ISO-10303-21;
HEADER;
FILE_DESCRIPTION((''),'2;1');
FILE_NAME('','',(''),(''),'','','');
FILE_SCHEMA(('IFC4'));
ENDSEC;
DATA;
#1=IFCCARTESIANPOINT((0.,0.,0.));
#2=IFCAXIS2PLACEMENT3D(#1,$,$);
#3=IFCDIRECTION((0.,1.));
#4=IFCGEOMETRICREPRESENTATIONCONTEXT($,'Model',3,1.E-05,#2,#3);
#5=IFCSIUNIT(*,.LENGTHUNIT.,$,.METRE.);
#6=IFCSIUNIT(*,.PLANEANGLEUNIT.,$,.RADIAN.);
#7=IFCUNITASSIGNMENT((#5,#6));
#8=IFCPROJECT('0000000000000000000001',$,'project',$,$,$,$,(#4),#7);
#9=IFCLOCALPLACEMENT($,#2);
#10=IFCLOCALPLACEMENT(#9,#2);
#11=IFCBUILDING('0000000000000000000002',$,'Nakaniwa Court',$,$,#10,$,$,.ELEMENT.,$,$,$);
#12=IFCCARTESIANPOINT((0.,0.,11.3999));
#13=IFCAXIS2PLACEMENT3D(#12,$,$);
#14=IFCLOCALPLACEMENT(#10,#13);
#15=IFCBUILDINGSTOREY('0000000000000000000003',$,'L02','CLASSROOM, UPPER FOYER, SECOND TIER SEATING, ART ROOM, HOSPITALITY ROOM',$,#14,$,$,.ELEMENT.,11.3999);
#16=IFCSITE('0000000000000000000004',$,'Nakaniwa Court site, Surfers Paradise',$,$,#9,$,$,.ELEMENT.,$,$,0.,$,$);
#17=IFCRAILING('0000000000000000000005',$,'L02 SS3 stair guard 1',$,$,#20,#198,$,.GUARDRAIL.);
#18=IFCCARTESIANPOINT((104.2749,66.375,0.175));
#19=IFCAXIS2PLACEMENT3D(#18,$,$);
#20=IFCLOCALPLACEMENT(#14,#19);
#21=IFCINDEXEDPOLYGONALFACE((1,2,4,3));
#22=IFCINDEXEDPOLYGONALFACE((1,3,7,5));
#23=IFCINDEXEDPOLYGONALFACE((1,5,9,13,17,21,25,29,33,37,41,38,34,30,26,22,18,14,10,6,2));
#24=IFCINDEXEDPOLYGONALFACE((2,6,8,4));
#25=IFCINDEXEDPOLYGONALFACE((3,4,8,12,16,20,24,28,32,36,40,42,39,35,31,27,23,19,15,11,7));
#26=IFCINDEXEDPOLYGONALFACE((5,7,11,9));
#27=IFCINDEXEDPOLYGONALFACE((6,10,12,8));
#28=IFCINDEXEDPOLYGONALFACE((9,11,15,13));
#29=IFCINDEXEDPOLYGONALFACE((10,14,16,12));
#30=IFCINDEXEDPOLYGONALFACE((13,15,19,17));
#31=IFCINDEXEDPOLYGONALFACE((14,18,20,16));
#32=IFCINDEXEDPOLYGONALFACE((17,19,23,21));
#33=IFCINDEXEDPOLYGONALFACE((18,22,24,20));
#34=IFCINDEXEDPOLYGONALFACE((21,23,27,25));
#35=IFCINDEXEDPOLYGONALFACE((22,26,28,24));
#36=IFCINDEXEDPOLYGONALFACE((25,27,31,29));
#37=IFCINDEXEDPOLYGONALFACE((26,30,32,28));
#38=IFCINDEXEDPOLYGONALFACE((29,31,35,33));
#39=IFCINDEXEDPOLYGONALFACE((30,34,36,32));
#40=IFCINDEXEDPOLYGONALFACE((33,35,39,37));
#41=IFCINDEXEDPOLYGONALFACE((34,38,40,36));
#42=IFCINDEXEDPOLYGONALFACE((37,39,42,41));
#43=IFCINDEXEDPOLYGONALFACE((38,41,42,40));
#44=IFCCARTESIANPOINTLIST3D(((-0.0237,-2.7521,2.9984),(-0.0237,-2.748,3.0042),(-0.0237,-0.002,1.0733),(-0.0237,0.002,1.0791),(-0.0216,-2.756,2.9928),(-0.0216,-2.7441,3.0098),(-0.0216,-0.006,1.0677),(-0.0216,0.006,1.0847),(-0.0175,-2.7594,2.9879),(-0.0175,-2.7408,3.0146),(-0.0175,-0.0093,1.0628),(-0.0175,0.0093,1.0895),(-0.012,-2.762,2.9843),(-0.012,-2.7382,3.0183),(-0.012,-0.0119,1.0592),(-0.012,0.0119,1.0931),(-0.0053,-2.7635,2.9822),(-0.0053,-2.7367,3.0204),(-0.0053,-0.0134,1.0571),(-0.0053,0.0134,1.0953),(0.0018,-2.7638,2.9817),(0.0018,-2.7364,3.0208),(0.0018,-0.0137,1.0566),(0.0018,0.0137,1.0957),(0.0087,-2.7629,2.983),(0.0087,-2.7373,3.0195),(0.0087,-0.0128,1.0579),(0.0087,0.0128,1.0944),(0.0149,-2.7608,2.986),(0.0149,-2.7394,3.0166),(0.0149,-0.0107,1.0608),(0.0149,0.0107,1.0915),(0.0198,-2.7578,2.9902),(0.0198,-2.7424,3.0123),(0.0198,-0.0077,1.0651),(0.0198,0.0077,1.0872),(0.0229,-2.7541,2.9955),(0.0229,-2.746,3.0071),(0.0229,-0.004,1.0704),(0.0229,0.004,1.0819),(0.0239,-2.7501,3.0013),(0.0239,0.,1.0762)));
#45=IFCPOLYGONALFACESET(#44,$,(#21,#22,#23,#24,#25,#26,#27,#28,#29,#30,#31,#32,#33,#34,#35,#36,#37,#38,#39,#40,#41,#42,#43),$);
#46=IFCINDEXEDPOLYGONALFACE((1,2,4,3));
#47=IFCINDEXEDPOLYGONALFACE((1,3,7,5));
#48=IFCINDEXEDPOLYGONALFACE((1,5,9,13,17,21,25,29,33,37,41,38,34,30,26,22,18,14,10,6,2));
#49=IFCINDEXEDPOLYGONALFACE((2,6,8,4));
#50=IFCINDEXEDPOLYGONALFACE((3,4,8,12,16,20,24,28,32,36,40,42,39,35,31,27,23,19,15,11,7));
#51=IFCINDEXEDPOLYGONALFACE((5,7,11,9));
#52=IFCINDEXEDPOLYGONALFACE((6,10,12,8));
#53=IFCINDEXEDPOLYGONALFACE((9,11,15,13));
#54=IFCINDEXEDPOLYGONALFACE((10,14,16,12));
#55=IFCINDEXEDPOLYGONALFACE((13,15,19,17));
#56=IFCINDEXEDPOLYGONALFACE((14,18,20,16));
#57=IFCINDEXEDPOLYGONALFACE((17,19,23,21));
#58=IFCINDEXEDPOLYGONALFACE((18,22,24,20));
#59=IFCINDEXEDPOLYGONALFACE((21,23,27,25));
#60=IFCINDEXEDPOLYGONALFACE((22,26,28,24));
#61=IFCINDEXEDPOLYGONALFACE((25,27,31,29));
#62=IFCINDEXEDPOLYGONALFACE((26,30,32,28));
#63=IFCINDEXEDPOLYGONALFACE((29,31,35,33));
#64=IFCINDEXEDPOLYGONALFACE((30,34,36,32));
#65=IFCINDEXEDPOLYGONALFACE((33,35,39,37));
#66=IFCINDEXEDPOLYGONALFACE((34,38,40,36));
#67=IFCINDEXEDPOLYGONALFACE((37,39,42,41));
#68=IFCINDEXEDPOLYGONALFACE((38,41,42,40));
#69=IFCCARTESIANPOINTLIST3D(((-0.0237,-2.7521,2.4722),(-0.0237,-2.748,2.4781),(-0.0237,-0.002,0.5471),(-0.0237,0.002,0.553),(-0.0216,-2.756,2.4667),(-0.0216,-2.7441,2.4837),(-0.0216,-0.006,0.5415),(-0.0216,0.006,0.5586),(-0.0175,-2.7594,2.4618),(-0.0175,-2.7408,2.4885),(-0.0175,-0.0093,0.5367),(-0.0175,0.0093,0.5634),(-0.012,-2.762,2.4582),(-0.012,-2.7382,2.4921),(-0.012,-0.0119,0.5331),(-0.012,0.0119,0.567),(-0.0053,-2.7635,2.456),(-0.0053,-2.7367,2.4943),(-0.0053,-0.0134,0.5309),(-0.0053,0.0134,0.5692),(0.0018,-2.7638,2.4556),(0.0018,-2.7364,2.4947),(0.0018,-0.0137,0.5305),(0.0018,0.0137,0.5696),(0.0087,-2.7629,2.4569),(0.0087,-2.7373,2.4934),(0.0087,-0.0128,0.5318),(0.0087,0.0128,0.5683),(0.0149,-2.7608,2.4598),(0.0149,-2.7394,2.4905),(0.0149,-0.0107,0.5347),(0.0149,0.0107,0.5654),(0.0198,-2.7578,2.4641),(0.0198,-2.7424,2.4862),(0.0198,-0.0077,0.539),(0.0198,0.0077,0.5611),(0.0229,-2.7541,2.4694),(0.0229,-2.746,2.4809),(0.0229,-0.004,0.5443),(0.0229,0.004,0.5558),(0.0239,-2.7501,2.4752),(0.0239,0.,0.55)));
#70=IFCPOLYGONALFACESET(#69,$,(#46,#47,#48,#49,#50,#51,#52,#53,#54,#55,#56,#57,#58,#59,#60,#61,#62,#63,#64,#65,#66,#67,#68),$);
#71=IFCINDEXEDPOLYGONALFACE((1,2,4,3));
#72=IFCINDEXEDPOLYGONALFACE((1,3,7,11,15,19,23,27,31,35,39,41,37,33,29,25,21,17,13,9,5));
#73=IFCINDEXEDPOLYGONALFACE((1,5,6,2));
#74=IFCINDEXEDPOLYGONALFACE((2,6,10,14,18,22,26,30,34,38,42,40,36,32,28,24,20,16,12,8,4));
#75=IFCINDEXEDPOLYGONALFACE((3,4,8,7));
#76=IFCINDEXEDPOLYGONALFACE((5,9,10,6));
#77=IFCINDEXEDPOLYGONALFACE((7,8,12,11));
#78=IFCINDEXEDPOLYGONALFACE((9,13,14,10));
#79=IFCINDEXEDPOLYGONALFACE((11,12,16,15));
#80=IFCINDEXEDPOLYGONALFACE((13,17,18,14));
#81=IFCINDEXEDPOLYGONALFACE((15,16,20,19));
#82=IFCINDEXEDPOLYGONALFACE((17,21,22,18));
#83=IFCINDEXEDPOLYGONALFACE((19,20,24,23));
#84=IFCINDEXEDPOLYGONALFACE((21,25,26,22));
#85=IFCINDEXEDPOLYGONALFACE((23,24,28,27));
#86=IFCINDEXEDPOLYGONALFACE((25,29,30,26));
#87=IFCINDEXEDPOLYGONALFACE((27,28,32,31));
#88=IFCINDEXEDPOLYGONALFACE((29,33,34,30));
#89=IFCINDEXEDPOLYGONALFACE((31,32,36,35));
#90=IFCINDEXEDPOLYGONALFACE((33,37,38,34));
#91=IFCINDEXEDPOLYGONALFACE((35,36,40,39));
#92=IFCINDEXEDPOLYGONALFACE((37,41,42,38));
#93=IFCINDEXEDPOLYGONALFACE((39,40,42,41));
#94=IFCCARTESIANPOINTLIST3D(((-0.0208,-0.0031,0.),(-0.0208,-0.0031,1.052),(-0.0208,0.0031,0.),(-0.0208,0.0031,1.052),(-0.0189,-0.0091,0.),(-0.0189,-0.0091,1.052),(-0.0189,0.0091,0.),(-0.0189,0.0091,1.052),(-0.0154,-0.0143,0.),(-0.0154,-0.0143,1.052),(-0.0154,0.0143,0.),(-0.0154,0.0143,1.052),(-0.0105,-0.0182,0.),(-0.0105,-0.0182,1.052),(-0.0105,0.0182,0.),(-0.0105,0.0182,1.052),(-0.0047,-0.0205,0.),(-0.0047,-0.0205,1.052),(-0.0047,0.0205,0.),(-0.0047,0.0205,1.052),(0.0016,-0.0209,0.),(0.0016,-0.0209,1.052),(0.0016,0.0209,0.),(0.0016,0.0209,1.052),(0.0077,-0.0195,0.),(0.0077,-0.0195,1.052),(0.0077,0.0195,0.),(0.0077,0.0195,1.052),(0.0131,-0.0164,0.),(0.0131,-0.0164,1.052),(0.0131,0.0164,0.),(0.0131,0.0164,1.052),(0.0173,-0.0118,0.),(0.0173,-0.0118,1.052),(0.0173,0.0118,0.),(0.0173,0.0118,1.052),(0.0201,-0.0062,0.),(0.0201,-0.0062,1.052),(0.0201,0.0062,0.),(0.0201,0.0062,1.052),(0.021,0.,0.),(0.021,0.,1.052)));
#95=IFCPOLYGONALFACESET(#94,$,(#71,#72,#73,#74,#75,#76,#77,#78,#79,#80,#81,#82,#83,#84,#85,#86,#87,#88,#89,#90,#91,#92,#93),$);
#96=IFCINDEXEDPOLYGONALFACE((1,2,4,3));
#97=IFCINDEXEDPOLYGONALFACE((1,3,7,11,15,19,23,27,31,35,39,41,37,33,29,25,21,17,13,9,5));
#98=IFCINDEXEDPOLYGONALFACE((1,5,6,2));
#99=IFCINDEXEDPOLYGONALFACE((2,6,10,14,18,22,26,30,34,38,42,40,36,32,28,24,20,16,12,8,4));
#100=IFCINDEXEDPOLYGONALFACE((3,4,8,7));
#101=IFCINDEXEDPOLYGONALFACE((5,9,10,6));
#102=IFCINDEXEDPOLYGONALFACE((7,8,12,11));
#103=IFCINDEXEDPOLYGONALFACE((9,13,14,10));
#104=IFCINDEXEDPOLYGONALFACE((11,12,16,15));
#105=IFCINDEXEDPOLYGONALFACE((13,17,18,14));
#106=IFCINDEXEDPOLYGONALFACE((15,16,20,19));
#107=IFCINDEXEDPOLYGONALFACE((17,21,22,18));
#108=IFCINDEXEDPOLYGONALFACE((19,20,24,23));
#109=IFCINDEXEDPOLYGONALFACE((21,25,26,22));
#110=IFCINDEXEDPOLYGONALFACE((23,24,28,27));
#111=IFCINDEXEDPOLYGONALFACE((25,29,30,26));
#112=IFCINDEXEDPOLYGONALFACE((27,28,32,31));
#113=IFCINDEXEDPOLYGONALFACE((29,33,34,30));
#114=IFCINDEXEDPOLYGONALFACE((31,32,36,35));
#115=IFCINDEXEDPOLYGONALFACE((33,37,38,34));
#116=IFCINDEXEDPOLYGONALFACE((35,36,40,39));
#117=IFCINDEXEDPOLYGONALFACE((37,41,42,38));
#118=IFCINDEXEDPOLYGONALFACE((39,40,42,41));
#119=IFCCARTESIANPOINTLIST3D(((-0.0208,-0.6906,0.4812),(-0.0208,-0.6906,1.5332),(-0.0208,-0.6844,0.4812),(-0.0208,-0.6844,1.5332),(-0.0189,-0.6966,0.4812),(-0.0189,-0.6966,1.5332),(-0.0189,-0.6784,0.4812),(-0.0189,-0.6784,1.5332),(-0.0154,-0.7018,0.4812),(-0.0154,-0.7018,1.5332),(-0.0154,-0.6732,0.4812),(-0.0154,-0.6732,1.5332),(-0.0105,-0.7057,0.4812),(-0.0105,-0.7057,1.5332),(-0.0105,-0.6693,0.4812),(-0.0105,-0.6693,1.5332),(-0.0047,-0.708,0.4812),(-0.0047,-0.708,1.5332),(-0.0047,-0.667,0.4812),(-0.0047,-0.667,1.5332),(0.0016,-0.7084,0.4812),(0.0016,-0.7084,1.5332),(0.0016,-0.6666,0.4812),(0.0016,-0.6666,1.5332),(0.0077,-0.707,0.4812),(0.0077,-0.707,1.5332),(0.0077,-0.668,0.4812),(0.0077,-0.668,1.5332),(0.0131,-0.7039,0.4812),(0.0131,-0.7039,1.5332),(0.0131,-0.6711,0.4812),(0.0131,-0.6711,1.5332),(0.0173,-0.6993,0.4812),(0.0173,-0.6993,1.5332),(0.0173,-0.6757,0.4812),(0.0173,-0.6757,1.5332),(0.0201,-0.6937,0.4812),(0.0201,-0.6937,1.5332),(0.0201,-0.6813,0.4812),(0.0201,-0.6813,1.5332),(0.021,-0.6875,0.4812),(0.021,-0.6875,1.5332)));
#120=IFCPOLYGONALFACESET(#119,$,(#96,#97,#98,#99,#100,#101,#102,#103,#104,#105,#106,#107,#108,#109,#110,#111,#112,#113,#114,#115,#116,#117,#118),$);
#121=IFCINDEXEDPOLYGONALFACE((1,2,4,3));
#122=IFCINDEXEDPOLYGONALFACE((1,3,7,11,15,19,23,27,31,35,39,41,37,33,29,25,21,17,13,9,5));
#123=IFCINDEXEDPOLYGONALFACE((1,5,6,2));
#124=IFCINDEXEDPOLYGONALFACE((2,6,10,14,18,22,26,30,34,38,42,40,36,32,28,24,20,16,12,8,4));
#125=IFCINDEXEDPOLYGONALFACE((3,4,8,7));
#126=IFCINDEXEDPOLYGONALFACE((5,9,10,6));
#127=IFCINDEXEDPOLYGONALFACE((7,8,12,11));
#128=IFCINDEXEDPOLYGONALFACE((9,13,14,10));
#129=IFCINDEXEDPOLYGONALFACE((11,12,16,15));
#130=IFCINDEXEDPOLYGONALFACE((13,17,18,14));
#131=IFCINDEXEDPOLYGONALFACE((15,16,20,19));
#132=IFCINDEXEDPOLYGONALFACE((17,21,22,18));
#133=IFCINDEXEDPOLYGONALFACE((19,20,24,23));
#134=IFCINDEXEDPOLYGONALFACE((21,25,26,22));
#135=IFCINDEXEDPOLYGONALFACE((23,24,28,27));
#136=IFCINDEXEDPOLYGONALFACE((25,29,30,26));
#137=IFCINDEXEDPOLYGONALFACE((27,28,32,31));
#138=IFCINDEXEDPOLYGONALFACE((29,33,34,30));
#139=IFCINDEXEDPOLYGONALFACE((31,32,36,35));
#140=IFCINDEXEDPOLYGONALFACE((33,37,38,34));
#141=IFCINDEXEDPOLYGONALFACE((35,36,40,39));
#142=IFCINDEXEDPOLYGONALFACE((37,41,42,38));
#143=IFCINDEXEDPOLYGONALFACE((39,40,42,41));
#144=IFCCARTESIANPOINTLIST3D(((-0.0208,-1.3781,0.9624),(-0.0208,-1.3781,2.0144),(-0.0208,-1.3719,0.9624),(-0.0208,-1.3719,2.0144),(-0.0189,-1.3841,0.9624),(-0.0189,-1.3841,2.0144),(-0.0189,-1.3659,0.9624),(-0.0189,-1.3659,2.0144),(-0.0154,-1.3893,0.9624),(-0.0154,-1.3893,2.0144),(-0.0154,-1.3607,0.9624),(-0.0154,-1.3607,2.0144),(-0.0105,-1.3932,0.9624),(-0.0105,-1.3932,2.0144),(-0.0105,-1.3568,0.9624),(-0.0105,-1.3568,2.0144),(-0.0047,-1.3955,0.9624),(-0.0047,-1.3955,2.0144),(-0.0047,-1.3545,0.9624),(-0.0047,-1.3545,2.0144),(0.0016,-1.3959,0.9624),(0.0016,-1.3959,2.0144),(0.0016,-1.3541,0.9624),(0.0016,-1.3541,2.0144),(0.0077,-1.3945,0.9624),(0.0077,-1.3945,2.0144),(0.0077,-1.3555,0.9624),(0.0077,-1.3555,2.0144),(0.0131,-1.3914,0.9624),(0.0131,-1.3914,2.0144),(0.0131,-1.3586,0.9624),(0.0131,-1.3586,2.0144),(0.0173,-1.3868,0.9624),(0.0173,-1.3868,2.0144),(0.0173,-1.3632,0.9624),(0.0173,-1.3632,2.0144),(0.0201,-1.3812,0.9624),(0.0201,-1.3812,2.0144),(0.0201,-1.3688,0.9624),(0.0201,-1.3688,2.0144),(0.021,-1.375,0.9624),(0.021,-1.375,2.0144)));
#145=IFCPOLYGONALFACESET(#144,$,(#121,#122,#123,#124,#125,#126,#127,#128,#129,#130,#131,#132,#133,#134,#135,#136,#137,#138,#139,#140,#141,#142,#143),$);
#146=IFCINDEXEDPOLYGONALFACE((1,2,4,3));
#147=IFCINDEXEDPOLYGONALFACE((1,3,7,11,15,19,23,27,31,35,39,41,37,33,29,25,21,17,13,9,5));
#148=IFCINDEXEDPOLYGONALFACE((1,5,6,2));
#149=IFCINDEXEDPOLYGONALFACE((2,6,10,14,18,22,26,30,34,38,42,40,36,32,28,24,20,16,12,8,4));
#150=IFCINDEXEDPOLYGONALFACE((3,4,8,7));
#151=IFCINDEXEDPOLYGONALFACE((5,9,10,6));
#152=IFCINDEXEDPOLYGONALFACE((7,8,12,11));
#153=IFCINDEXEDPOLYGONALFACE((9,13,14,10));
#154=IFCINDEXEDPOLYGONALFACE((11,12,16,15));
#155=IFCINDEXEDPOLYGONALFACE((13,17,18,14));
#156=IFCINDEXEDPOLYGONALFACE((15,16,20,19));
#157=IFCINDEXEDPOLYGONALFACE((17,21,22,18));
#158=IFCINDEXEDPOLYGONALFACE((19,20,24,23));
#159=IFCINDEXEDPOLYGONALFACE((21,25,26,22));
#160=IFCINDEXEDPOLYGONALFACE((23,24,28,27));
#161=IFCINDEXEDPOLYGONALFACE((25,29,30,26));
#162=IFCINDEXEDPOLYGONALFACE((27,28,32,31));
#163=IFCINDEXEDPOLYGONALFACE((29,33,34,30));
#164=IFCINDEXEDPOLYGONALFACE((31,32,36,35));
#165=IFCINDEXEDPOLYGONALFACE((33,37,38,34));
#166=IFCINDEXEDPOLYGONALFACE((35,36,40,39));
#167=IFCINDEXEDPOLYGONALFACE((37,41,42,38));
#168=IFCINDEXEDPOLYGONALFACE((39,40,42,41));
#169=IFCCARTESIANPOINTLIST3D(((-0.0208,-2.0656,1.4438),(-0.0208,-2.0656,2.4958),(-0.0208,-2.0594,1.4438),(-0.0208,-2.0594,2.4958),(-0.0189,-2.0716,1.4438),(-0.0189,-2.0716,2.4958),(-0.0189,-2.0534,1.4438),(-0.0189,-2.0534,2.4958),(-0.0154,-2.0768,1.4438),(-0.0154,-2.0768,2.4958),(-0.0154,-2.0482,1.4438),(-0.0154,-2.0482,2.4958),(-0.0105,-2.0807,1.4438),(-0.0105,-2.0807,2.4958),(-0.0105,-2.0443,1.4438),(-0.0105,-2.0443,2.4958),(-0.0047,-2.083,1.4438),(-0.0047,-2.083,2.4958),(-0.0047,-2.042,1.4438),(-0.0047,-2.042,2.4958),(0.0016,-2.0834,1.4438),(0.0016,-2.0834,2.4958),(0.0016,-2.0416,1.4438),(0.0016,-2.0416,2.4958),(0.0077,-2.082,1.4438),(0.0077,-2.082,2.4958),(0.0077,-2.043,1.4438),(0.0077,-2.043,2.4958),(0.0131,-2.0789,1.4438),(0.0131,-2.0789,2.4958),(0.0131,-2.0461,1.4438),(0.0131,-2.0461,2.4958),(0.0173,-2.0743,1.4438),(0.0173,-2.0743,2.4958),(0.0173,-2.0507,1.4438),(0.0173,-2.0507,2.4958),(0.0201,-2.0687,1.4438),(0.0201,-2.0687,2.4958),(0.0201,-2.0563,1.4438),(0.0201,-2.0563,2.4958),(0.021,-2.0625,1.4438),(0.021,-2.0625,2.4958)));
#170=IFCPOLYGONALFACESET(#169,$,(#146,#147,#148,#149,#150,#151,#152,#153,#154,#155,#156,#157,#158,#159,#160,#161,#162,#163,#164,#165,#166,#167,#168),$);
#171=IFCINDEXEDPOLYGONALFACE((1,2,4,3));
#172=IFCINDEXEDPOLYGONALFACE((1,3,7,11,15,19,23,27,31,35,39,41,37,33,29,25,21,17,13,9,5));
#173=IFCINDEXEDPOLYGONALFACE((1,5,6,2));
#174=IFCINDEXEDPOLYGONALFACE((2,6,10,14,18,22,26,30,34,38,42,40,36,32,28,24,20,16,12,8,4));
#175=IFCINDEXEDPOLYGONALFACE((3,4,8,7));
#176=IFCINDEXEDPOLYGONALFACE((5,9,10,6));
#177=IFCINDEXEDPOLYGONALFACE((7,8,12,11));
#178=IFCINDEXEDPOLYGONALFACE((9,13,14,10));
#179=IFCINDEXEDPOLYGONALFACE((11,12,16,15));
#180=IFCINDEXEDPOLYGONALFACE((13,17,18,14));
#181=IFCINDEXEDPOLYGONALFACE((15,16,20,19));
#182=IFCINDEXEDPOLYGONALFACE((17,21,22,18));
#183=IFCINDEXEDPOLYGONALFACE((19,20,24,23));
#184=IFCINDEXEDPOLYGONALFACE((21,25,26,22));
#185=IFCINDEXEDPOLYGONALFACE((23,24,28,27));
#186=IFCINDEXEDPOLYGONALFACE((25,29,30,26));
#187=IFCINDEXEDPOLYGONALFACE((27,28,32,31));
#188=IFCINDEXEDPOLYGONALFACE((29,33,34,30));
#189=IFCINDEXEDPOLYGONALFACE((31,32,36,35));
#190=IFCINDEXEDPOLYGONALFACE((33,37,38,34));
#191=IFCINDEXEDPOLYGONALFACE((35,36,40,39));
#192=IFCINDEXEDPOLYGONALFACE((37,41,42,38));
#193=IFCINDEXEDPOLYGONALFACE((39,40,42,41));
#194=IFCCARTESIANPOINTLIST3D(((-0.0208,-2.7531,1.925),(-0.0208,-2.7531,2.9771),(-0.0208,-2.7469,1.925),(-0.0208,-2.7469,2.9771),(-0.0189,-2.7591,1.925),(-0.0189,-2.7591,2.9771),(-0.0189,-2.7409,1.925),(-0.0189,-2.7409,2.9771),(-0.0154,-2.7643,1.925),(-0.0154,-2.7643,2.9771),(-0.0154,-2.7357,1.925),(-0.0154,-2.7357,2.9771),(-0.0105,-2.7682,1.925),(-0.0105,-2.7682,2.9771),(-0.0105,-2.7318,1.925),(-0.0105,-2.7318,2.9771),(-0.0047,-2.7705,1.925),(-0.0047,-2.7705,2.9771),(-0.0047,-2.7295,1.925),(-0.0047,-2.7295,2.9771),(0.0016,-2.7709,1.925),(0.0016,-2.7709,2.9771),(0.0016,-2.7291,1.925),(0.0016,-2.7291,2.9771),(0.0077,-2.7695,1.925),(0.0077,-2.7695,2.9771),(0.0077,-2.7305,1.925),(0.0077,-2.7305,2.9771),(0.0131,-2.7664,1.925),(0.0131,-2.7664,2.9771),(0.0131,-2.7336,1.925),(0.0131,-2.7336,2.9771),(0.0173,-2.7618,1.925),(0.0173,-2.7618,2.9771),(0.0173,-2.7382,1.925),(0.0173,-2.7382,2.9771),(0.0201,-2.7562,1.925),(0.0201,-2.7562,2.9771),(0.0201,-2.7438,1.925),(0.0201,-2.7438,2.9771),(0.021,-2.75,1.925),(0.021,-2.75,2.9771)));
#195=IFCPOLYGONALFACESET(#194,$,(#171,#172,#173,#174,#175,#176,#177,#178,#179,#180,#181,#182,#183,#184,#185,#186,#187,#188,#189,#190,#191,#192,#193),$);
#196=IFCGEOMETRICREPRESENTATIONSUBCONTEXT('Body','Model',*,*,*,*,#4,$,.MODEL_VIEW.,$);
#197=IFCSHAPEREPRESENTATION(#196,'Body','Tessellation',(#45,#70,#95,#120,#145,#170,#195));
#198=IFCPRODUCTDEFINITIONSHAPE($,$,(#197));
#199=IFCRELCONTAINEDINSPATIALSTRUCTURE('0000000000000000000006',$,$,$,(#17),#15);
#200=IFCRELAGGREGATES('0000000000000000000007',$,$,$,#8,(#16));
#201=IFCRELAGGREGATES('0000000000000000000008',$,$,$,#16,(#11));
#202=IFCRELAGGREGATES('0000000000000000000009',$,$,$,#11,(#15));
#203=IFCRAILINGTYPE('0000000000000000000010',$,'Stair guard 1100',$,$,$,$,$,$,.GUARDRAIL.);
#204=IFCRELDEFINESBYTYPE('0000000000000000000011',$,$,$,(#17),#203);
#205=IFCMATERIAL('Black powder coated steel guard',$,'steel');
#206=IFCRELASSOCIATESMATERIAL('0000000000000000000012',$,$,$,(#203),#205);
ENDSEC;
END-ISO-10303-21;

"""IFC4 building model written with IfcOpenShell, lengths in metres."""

from ifc_helpers import new_model, si_unit, direction, frame, origin, origin_2d, place, context, subcontext, project, spatial, circle, extrude, material, type_object, element, save


model = new_model("IFC4")

# Units and contexts
model_context = context("Model", 3, precision=1e-05, world=origin(), true_north=direction((0.0, 1.0)))
body_context = subcontext(model_context, "Body", "Model", "MODEL_VIEW")
ifc_project = project(units=[si_unit("LENGTHUNIT", "METRE"), si_unit("PLANEANGLEUNIT", "RADIAN")], contexts=[model_context])

# Site, building, storey
site_placement = place(None, origin())
site = spatial("IfcSite", under=ifc_project, at=site_placement, Name="Nakaniwa Court site, Surfers Paradise", CompositionType="ELEMENT", RefElevation=0.0)
building_placement = place(site_placement, origin())
building = spatial("IfcBuilding", under=site, at=building_placement, Name="Nakaniwa Court", CompositionType="ELEMENT")
storey_placement = place(building_placement, frame((0.0, 0.0, 11.3999)))
storey = spatial("IfcBuildingStorey", under=building, at=storey_placement, Name="L02", Description="CLASSROOM, UPPER FOYER, SECOND TIER SEATING, ART ROOM, HOSPITALITY ROOM", CompositionType="ELEMENT", Elevation=11.3999)

# Railing
ifc_material_1 = material(Name="Black powder coated steel guard", Category="steel")
railing_type = type_object("IfcRailingType", Name="Stair guard 1100", PredefinedType="GUARDRAIL", material=ifc_material_1)
railing_1_placement = place(storey_placement, frame((104.2749, 66.375, 0.175)))
element("IfcRailing", 1, at=railing_1_placement, inside=storey, type_object=railing_type, Name="L02 SS3 stair guard 1", PredefinedType="GUARDRAIL", context=body_context, shape_type="SweptSolid", body=[
    extrude(circle(Radius=0.0239, at=origin_2d()), frame((0.0, 0.0, 1.0762), z_axis=(0.0, -0.819225, 0.573472), x_axis=(1.0, 0.0, 0.0)), (0.0, 0.0, 1.0), 3.3569),
    extrude(circle(Radius=0.0239, at=origin_2d()), frame((0.0, 0.0, 0.55), z_axis=(0.0, -0.819225, 0.573472), x_axis=(1.0, 0.0, 0.0)), (0.0, 0.0, 1.0), 3.3569),
    extrude(circle(Radius=0.021, at=origin_2d()), origin(), (0.0, 0.0, 1.0), 1.052),
    extrude(circle(Radius=0.021, at=origin_2d()), frame((0.0, -0.6875, 0.4812)), (0.0, 0.0, 1.0), 1.052),
    extrude(circle(Radius=0.021, at=origin_2d()), frame((0.0, -1.375, 0.9624)), (0.0, 0.0, 1.0), 1.052),
    extrude(circle(Radius=0.021, at=origin_2d()), frame((0.0, -2.0625, 1.4438)), (0.0, 0.0, 1.0), 1.052),
    extrude(circle(Radius=0.021, at=origin_2d()), frame((0.0, -2.75, 1.925)), (0.0, 0.0, 1.0), 1.052),
])

save(model, "model.ifc")
